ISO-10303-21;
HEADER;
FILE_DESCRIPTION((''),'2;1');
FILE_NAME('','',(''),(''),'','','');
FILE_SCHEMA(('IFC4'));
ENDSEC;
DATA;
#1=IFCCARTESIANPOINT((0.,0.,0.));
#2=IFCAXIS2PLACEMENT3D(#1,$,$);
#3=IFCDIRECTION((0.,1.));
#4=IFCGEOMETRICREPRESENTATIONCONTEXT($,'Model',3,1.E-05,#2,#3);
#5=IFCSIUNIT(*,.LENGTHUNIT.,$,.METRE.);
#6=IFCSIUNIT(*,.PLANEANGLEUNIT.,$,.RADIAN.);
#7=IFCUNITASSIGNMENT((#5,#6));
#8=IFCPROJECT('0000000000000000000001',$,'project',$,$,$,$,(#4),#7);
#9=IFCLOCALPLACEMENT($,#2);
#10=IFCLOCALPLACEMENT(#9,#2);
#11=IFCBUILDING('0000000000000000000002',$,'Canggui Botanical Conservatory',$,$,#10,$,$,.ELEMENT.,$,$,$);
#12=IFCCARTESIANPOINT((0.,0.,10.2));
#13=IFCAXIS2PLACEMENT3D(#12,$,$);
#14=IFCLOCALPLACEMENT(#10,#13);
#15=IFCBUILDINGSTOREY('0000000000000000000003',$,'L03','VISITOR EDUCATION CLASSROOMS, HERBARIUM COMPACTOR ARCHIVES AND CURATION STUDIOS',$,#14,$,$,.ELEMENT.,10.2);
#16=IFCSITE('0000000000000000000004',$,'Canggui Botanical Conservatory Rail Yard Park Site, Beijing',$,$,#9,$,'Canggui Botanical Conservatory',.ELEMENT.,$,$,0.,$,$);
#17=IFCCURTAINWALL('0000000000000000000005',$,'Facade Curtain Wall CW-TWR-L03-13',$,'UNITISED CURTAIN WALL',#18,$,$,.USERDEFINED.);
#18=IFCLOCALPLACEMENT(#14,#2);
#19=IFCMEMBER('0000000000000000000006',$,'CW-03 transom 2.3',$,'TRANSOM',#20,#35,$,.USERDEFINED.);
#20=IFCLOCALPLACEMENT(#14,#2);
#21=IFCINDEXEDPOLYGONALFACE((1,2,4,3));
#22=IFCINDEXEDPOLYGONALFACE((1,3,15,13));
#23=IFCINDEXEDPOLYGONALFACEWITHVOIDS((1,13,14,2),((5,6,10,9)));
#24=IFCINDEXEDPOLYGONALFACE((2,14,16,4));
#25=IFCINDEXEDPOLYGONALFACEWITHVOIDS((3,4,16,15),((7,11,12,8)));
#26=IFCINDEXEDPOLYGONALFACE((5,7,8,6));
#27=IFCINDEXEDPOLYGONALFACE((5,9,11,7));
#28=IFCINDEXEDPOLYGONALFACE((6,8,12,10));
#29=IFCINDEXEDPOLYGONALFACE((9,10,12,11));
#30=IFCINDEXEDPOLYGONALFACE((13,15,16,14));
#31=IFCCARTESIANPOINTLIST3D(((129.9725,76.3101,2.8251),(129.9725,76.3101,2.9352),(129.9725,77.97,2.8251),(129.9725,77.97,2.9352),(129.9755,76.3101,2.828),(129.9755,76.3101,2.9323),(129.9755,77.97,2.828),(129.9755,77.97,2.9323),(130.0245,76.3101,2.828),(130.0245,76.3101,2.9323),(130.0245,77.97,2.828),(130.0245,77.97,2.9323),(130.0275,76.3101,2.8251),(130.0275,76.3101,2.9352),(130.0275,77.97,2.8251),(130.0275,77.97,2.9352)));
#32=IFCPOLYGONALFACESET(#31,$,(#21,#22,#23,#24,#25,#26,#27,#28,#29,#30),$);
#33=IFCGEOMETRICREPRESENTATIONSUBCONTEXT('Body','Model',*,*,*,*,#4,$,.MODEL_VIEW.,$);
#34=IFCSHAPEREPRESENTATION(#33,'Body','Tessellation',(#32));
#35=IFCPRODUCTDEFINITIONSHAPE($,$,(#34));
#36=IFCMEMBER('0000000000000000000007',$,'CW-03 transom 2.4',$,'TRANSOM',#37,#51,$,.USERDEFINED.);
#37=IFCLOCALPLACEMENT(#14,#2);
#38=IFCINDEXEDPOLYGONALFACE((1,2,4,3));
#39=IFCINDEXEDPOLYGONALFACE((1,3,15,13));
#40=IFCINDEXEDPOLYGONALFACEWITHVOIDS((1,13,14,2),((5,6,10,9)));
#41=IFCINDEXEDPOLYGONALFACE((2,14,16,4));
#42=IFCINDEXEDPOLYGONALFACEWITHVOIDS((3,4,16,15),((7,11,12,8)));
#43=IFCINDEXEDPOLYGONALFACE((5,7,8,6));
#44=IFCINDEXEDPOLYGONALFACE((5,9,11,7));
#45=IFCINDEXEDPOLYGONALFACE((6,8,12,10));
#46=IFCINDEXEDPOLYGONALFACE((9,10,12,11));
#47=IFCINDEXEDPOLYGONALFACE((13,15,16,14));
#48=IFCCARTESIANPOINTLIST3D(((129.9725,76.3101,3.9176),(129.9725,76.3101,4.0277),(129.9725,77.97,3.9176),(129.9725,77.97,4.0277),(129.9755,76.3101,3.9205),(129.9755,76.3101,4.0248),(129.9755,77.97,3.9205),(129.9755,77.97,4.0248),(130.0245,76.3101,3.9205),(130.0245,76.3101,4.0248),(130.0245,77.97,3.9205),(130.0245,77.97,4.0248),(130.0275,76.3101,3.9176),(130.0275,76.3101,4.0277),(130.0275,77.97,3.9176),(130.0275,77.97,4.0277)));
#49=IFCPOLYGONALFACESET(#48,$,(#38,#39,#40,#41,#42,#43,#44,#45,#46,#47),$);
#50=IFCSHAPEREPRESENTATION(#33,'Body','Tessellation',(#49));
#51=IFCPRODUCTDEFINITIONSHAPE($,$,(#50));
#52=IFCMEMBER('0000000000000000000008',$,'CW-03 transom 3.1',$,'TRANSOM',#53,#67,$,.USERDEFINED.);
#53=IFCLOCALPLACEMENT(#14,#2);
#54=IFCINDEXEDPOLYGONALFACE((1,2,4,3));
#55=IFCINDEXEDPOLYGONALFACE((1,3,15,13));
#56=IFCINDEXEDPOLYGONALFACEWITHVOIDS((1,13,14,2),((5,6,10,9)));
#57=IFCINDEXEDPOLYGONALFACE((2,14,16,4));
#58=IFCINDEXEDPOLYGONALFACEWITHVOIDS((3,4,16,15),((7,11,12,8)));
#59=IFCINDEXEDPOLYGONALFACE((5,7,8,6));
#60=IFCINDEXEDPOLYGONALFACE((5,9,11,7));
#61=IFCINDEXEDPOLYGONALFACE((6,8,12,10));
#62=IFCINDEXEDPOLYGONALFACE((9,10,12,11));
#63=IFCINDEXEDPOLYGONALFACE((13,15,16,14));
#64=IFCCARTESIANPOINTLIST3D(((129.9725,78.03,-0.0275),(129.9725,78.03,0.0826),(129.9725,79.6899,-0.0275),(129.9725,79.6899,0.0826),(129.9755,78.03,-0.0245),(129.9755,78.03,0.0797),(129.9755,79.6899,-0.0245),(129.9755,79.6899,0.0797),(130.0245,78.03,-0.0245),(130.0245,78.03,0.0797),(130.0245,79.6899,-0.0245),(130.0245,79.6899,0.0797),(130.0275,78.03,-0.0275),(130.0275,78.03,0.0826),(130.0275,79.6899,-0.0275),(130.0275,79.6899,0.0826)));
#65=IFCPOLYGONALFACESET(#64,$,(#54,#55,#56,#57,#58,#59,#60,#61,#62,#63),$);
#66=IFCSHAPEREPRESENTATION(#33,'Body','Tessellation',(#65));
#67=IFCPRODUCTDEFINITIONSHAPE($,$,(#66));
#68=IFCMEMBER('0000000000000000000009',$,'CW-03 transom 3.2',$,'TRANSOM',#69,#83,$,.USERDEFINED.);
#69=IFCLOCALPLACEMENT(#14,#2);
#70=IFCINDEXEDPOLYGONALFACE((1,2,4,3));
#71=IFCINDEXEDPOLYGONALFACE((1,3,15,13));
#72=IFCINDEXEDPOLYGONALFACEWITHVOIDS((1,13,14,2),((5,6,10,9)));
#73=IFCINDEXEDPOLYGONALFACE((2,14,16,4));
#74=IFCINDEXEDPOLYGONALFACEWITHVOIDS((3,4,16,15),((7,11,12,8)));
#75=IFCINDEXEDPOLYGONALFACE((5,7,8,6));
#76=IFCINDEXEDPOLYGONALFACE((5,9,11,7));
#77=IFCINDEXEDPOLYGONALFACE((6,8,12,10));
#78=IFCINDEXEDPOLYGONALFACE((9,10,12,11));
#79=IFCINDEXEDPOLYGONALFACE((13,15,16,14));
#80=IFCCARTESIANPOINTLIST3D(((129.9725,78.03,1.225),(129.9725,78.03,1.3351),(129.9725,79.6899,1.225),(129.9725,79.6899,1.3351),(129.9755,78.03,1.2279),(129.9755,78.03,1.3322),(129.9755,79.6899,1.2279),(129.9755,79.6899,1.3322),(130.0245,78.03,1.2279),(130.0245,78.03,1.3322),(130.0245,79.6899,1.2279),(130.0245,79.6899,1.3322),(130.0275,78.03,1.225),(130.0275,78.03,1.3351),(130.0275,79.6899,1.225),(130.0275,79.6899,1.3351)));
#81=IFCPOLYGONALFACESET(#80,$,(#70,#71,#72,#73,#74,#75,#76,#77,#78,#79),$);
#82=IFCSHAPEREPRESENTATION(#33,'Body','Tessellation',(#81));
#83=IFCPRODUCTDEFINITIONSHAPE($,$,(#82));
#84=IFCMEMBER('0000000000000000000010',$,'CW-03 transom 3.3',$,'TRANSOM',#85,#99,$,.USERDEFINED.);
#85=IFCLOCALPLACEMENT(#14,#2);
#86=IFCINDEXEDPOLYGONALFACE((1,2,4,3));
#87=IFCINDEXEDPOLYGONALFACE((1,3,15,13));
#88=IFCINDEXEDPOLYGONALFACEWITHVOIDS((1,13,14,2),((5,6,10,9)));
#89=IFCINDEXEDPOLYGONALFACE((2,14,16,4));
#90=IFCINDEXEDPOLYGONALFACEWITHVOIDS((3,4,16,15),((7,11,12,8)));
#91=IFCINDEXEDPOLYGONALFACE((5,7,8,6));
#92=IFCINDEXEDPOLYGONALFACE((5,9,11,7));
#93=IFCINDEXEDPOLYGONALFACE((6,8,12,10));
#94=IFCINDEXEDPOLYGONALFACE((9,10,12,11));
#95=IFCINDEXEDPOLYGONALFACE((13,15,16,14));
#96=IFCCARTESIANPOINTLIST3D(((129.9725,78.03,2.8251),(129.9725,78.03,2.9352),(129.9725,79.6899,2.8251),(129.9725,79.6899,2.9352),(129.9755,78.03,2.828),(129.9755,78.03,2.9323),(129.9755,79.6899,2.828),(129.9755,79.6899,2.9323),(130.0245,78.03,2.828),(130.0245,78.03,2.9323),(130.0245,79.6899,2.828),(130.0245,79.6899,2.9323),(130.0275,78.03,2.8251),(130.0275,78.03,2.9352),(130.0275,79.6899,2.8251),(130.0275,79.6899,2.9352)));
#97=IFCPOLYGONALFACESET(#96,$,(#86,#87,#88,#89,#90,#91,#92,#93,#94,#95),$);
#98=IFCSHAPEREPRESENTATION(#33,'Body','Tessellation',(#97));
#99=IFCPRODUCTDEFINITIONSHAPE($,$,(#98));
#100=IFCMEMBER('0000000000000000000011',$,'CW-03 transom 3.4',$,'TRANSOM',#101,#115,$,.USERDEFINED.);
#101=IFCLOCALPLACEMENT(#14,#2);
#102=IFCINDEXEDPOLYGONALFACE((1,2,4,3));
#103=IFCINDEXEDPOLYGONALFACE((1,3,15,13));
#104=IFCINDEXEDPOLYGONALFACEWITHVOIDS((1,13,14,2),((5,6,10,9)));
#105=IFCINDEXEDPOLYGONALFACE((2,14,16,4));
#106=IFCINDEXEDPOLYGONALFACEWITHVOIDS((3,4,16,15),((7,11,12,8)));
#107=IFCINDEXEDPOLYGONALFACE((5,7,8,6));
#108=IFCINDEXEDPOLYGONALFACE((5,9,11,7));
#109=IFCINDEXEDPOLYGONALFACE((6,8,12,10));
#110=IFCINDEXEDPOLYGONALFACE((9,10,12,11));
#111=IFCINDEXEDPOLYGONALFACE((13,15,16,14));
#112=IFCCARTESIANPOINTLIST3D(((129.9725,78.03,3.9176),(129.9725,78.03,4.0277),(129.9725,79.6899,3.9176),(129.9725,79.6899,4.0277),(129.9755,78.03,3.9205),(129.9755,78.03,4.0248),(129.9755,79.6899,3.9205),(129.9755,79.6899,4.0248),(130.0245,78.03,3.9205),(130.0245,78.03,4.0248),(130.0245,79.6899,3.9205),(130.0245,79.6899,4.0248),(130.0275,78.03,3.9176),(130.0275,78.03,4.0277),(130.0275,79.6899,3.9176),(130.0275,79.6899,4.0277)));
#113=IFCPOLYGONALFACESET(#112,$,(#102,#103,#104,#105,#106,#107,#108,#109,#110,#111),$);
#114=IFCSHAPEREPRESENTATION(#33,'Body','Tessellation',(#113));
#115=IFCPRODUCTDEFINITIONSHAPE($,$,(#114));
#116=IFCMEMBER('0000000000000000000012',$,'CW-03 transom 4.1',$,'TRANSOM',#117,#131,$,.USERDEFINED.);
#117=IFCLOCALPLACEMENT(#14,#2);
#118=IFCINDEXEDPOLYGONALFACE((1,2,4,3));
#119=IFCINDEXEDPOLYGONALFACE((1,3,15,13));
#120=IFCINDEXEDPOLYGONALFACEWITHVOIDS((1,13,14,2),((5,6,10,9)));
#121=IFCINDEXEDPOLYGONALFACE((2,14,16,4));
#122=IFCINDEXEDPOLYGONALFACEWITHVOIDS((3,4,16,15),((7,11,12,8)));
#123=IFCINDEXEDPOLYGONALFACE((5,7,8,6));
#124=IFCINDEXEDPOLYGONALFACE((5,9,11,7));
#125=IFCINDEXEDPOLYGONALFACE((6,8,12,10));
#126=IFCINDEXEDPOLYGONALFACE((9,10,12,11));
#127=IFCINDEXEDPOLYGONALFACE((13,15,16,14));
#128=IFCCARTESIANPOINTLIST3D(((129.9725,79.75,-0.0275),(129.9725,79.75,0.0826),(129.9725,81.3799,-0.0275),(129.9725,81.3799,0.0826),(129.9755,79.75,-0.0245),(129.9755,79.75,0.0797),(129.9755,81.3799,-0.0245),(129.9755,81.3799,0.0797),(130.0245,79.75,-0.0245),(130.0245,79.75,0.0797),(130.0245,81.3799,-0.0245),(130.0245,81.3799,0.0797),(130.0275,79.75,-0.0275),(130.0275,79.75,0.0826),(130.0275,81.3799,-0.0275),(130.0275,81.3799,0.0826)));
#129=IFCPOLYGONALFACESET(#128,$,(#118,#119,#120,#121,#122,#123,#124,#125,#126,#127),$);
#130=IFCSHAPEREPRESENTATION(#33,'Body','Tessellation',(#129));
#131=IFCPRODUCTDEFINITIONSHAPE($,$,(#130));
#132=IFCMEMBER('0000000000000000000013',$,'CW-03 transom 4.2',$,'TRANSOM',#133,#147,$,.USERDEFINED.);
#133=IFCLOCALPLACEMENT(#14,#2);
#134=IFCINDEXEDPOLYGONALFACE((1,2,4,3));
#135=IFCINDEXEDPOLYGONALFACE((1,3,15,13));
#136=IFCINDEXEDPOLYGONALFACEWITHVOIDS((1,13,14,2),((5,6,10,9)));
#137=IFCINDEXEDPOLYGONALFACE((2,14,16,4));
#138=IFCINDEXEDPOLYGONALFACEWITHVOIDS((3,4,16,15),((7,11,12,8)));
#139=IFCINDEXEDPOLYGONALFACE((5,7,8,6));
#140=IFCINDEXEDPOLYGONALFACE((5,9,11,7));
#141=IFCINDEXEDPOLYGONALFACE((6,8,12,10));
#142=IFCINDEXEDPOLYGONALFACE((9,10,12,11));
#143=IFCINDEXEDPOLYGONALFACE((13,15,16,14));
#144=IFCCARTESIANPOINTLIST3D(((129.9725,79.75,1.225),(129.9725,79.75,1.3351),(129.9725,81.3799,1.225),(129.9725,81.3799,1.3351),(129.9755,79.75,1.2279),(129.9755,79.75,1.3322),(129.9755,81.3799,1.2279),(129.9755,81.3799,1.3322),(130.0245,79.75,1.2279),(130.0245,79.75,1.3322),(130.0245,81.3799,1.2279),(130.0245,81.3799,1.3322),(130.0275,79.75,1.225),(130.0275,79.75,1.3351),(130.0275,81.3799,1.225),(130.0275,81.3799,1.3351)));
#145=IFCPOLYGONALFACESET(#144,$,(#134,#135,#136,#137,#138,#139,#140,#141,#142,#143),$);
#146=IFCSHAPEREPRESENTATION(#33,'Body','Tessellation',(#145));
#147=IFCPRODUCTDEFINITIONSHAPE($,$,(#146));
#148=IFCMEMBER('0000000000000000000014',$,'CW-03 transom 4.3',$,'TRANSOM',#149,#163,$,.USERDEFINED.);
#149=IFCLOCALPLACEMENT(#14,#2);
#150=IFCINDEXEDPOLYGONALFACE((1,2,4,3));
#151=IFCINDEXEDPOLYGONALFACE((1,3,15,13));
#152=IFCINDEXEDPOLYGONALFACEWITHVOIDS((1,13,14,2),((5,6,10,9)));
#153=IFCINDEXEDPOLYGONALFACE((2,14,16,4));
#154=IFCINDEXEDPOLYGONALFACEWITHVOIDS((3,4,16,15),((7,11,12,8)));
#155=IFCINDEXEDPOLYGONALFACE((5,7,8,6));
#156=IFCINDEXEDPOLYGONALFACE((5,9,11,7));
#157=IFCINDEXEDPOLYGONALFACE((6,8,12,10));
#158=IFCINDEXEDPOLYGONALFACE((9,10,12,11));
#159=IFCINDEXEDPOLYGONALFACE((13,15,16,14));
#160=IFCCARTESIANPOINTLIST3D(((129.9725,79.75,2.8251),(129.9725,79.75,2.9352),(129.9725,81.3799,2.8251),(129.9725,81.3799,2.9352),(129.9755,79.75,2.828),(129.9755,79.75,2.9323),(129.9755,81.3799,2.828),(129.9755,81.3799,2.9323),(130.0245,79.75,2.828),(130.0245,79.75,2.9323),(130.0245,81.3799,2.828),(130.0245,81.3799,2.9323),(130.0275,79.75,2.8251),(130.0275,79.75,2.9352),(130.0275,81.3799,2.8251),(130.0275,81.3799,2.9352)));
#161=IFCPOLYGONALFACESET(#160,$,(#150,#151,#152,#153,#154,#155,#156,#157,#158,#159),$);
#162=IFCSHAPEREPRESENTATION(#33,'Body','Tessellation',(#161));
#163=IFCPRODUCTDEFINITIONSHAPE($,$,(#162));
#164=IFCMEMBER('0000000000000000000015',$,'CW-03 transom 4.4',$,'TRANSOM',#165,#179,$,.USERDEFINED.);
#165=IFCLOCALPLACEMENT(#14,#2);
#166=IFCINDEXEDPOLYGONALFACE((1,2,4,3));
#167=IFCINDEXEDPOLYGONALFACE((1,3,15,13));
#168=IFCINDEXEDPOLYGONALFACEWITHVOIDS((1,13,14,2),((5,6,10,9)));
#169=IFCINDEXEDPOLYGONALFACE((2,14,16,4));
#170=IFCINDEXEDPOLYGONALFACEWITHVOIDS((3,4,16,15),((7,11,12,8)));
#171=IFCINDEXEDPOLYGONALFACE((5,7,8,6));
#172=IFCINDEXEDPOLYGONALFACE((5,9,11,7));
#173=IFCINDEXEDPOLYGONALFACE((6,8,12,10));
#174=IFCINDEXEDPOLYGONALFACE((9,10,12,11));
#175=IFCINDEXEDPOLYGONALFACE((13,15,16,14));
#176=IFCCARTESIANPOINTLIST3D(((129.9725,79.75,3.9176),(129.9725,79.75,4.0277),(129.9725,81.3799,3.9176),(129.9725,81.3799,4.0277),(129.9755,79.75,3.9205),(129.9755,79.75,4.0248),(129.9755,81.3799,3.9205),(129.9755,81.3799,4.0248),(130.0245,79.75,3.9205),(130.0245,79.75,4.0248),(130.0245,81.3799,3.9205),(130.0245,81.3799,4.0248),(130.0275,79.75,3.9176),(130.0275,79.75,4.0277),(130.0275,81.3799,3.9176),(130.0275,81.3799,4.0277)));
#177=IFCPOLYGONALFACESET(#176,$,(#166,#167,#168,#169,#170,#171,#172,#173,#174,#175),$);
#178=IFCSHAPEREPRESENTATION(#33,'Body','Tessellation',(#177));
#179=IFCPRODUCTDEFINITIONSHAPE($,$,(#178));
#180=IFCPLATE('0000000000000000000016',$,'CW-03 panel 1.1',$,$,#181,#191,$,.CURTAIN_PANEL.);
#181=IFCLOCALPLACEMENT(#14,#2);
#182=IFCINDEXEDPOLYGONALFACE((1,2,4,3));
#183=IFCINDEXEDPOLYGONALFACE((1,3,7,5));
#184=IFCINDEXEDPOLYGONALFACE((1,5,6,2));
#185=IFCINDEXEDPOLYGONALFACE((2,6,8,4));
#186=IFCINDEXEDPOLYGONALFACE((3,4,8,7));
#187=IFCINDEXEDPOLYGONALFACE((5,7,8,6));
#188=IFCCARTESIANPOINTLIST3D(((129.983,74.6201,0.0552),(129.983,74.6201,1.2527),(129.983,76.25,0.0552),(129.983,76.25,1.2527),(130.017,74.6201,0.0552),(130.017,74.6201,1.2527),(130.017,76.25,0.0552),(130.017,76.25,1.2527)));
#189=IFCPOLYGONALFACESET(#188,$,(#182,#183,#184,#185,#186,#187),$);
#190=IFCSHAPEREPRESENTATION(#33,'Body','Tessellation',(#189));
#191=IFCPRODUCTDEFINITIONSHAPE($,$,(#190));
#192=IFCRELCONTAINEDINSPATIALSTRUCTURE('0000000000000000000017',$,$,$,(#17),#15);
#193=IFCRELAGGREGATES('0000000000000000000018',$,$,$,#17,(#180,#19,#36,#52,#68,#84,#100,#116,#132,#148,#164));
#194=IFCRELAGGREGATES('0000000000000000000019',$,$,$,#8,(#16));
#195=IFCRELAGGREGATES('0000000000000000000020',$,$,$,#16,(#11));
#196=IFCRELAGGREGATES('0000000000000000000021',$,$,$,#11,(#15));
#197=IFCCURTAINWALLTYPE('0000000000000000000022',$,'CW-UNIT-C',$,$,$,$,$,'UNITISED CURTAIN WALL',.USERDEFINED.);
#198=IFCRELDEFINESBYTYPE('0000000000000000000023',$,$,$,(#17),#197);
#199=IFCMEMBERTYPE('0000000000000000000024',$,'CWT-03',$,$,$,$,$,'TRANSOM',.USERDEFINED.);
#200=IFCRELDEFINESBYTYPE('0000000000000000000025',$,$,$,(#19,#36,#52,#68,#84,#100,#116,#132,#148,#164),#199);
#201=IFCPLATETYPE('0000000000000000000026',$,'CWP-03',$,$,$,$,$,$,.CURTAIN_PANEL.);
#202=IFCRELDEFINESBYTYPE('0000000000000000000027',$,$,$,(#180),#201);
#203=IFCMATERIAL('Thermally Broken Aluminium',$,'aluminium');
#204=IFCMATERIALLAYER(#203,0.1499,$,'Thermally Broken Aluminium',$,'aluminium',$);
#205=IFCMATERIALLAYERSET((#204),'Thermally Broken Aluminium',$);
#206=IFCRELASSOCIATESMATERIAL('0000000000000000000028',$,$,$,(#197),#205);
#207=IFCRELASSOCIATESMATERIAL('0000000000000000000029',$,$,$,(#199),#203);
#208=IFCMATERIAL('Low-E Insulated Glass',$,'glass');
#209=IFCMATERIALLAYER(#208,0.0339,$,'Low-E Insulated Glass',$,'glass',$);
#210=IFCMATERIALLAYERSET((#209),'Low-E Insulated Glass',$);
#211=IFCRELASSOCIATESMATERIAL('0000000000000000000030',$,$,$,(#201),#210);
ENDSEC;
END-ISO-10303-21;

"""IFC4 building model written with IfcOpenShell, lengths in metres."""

from ifc_helpers import new_model, si_unit, direction, frame, origin, origin_2d, place, context, subcontext, project, spatial, rectangle, hollow_rectangle, extrude, material, layer, layer_set, material_profile, profile_set, type_object, element, aggregate, save


model = new_model("IFC4")

# Units and contexts
model_context = context("Model", 3, precision=1e-05, world=origin(), true_north=direction((0.0, 1.0)))
body_context = subcontext(model_context, "Body", "Model", "MODEL_VIEW")
ifc_project = project(units=[si_unit("LENGTHUNIT", "METRE"), si_unit("PLANEANGLEUNIT", "RADIAN")], contexts=[model_context])

# Site, building, storey
site_placement = place(None, origin())
site = spatial("IfcSite", under=ifc_project, at=site_placement, Name="Canggui Botanical Conservatory Rail Yard Park Site, Beijing", LongName="Canggui Botanical Conservatory", CompositionType="ELEMENT", RefElevation=0.0)
building_placement = place(site_placement, origin())
building = spatial("IfcBuilding", under=site, at=building_placement, Name="Canggui Botanical Conservatory", CompositionType="ELEMENT")
storey_placement = place(building_placement, frame((0.0, 0.0, 10.2)))
storey = spatial("IfcBuildingStorey", under=building, at=storey_placement, Name="L03", Description="VISITOR EDUCATION CLASSROOMS, HERBARIUM COMPACTOR ARCHIVES AND CURATION STUDIOS", CompositionType="ELEMENT", Elevation=10.2)

# Curtain wall, members, plate
ifc_material_1 = material(Name="Thermally Broken Aluminium", Category="aluminium")
ifc_layer_1 = layer(ifc_material_1, 0.1499, Name="Thermally Broken Aluminium", Category="aluminium")
ifc_layer_set_1 = layer_set([ifc_layer_1], Name="Thermally Broken Aluminium")
curtain_wall_type = type_object("IfcCurtainWallType", Name="CW-UNIT-C", ElementType="UNITISED CURTAIN WALL", PredefinedType="USERDEFINED", material=ifc_layer_set_1)
curtain_wall_placement = place(storey_placement, origin())
curtain_wall = element("IfcCurtainWall", 1, at=curtain_wall_placement, inside=storey, type_object=curtain_wall_type, Name="Facade Curtain Wall CW-TWR-L03-13", ObjectType="UNITISED CURTAIN WALL", PredefinedType="USERDEFINED")
ifc_material_profile_1 = material_profile(ifc_material_1, hollow_rectangle(XDim=0.0549, YDim=0.1101, WallThickness=0.0029, at=origin_2d()), Name="CWT 55x110x3")
ifc_profile_set_1 = profile_set([ifc_material_profile_1], Name="Thermally Broken Aluminium")
member_type_1 = type_object("IfcMemberType", Name="CWT-03", ElementType="TRANSOM", PredefinedType="USERDEFINED", material=ifc_profile_set_1)
member_1_placement = place(storey_placement, frame((130.0, 76.3101, 2.8801), z_axis=(0.0, 1.0, 0.0), x_axis=(-1.0, 0.0, 0.0)))
member_1 = element("IfcMember", 2, at=member_1_placement, type_object=member_type_1, Name="CW-03 transom 2.3", ObjectType="TRANSOM", PredefinedType="USERDEFINED", context=body_context, shape_type="SweptSolid", body=[
    extrude(hollow_rectangle(XDim=0.0549, YDim=0.1101, WallThickness=0.0029, at=origin_2d()), origin(), (0.0, 0.0, 1.0), 1.6599),
])
member_2_placement = place(storey_placement, frame((130.0, 76.3101, 3.9727), z_axis=(0.0, 1.0, 0.0), x_axis=(-1.0, 0.0, 0.0)))
member_2 = element("IfcMember", 3, at=member_2_placement, type_object=member_type_1, Name="CW-03 transom 2.4", ObjectType="TRANSOM", PredefinedType="USERDEFINED", context=body_context, shape_type="SweptSolid", body=[
    extrude(hollow_rectangle(XDim=0.0549, YDim=0.1101, WallThickness=0.0029, at=origin_2d()), origin(), (0.0, 0.0, 1.0), 1.6599),
])
member_3_placement = place(storey_placement, frame((130.0, 78.03, 0.0276), z_axis=(0.0, 1.0, 0.0), x_axis=(-1.0, 0.0, 0.0)))
member_3 = element("IfcMember", 4, at=member_3_placement, type_object=member_type_1, Name="CW-03 transom 3.1", ObjectType="TRANSOM", PredefinedType="USERDEFINED", context=body_context, shape_type="SweptSolid", body=[
    extrude(hollow_rectangle(XDim=0.0549, YDim=0.1101, WallThickness=0.0029, at=origin_2d()), origin(), (0.0, 0.0, 1.0), 1.6599),
])
member_4_placement = place(storey_placement, frame((130.0, 78.03, 1.28), z_axis=(0.0, 1.0, 0.0), x_axis=(-1.0, 0.0, 0.0)))
member_4 = element("IfcMember", 5, at=member_4_placement, type_object=member_type_1, Name="CW-03 transom 3.2", ObjectType="TRANSOM", PredefinedType="USERDEFINED", context=body_context, shape_type="SweptSolid", body=[
    extrude(hollow_rectangle(XDim=0.0549, YDim=0.1101, WallThickness=0.0029, at=origin_2d()), origin(), (0.0, 0.0, 1.0), 1.6599),
])
member_5_placement = place(storey_placement, frame((130.0, 78.03, 2.8801), z_axis=(0.0, 1.0, 0.0), x_axis=(-1.0, 0.0, 0.0)))
member_5 = element("IfcMember", 6, at=member_5_placement, type_object=member_type_1, Name="CW-03 transom 3.3", ObjectType="TRANSOM", PredefinedType="USERDEFINED", context=body_context, shape_type="SweptSolid", body=[
    extrude(hollow_rectangle(XDim=0.0549, YDim=0.1101, WallThickness=0.0029, at=origin_2d()), origin(), (0.0, 0.0, 1.0), 1.6599),
])
member_6_placement = place(storey_placement, frame((130.0, 78.03, 3.9727), z_axis=(0.0, 1.0, 0.0), x_axis=(-1.0, 0.0, 0.0)))
member_6 = element("IfcMember", 7, at=member_6_placement, type_object=member_type_1, Name="CW-03 transom 3.4", ObjectType="TRANSOM", PredefinedType="USERDEFINED", context=body_context, shape_type="SweptSolid", body=[
    extrude(hollow_rectangle(XDim=0.0549, YDim=0.1101, WallThickness=0.0029, at=origin_2d()), origin(), (0.0, 0.0, 1.0), 1.6599),
])
member_7_placement = place(storey_placement, frame((130.0, 79.75, 0.0276), z_axis=(0.0, 1.0, 0.0), x_axis=(-1.0, 0.0, 0.0)))
member_7 = element("IfcMember", 8, at=member_7_placement, type_object=member_type_1, Name="CW-03 transom 4.1", ObjectType="TRANSOM", PredefinedType="USERDEFINED", context=body_context, shape_type="SweptSolid", body=[
    extrude(hollow_rectangle(XDim=0.0549, YDim=0.1101, WallThickness=0.0029, at=origin_2d()), origin(), (0.0, 0.0, 1.0), 1.6299),
])
member_8_placement = place(storey_placement, frame((130.0, 79.75, 1.28), z_axis=(0.0, 1.0, 0.0), x_axis=(-1.0, 0.0, 0.0)))
member_8 = element("IfcMember", 9, at=member_8_placement, type_object=member_type_1, Name="CW-03 transom 4.2", ObjectType="TRANSOM", PredefinedType="USERDEFINED", context=body_context, shape_type="SweptSolid", body=[
    extrude(hollow_rectangle(XDim=0.0549, YDim=0.1101, WallThickness=0.0029, at=origin_2d()), origin(), (0.0, 0.0, 1.0), 1.6299),
])
member_9_placement = place(storey_placement, frame((130.0, 79.75, 2.8801), z_axis=(0.0, 1.0, 0.0), x_axis=(-1.0, 0.0, 0.0)))
member_9 = element("IfcMember", 10, at=member_9_placement, type_object=member_type_1, Name="CW-03 transom 4.3", ObjectType="TRANSOM", PredefinedType="USERDEFINED", context=body_context, shape_type="SweptSolid", body=[
    extrude(hollow_rectangle(XDim=0.0549, YDim=0.1101, WallThickness=0.0029, at=origin_2d()), origin(), (0.0, 0.0, 1.0), 1.6299),
])
member_10_placement = place(storey_placement, frame((130.0, 79.75, 3.9727), z_axis=(0.0, 1.0, 0.0), x_axis=(-1.0, 0.0, 0.0)))
member_10 = element("IfcMember", 11, at=member_10_placement, type_object=member_type_1, Name="CW-03 transom 4.4", ObjectType="TRANSOM", PredefinedType="USERDEFINED", context=body_context, shape_type="SweptSolid", body=[
    extrude(hollow_rectangle(XDim=0.0549, YDim=0.1101, WallThickness=0.0029, at=origin_2d()), origin(), (0.0, 0.0, 1.0), 1.6299),
])
ifc_material_2 = material(Name="Low-E Insulated Glass", Category="glass")
ifc_layer_2 = layer(ifc_material_2, 0.0339, Name="Low-E Insulated Glass", Category="glass")
ifc_layer_set_2 = layer_set([ifc_layer_2], Name="Low-E Insulated Glass")
plate_type = type_object("IfcPlateType", Name="CWP-03", PredefinedType="CURTAIN_PANEL", material=ifc_layer_set_2)
plate_1_placement = place(storey_placement, frame((130.0, 75.4351, 0.0552), z_axis=(0.0, 0.0, 1.0), x_axis=(0.0, 1.0, 0.0)))
plate_1 = element("IfcPlate", 12, at=plate_1_placement, type_object=plate_type, Name="CW-03 panel 1.1", PredefinedType="CURTAIN_PANEL", context=body_context, shape_type="SweptSolid", body=[
    extrude(rectangle(XDim=1.6299, YDim=0.0339, at=origin_2d()), origin(), (0.0, 0.0, 1.0), 1.1975),
])
aggregate(curtain_wall, [plate_1, member_1, member_2, member_3, member_4, member_5, member_6, member_7, member_8, member_9, member_10])

save(model, "model.ifc")
